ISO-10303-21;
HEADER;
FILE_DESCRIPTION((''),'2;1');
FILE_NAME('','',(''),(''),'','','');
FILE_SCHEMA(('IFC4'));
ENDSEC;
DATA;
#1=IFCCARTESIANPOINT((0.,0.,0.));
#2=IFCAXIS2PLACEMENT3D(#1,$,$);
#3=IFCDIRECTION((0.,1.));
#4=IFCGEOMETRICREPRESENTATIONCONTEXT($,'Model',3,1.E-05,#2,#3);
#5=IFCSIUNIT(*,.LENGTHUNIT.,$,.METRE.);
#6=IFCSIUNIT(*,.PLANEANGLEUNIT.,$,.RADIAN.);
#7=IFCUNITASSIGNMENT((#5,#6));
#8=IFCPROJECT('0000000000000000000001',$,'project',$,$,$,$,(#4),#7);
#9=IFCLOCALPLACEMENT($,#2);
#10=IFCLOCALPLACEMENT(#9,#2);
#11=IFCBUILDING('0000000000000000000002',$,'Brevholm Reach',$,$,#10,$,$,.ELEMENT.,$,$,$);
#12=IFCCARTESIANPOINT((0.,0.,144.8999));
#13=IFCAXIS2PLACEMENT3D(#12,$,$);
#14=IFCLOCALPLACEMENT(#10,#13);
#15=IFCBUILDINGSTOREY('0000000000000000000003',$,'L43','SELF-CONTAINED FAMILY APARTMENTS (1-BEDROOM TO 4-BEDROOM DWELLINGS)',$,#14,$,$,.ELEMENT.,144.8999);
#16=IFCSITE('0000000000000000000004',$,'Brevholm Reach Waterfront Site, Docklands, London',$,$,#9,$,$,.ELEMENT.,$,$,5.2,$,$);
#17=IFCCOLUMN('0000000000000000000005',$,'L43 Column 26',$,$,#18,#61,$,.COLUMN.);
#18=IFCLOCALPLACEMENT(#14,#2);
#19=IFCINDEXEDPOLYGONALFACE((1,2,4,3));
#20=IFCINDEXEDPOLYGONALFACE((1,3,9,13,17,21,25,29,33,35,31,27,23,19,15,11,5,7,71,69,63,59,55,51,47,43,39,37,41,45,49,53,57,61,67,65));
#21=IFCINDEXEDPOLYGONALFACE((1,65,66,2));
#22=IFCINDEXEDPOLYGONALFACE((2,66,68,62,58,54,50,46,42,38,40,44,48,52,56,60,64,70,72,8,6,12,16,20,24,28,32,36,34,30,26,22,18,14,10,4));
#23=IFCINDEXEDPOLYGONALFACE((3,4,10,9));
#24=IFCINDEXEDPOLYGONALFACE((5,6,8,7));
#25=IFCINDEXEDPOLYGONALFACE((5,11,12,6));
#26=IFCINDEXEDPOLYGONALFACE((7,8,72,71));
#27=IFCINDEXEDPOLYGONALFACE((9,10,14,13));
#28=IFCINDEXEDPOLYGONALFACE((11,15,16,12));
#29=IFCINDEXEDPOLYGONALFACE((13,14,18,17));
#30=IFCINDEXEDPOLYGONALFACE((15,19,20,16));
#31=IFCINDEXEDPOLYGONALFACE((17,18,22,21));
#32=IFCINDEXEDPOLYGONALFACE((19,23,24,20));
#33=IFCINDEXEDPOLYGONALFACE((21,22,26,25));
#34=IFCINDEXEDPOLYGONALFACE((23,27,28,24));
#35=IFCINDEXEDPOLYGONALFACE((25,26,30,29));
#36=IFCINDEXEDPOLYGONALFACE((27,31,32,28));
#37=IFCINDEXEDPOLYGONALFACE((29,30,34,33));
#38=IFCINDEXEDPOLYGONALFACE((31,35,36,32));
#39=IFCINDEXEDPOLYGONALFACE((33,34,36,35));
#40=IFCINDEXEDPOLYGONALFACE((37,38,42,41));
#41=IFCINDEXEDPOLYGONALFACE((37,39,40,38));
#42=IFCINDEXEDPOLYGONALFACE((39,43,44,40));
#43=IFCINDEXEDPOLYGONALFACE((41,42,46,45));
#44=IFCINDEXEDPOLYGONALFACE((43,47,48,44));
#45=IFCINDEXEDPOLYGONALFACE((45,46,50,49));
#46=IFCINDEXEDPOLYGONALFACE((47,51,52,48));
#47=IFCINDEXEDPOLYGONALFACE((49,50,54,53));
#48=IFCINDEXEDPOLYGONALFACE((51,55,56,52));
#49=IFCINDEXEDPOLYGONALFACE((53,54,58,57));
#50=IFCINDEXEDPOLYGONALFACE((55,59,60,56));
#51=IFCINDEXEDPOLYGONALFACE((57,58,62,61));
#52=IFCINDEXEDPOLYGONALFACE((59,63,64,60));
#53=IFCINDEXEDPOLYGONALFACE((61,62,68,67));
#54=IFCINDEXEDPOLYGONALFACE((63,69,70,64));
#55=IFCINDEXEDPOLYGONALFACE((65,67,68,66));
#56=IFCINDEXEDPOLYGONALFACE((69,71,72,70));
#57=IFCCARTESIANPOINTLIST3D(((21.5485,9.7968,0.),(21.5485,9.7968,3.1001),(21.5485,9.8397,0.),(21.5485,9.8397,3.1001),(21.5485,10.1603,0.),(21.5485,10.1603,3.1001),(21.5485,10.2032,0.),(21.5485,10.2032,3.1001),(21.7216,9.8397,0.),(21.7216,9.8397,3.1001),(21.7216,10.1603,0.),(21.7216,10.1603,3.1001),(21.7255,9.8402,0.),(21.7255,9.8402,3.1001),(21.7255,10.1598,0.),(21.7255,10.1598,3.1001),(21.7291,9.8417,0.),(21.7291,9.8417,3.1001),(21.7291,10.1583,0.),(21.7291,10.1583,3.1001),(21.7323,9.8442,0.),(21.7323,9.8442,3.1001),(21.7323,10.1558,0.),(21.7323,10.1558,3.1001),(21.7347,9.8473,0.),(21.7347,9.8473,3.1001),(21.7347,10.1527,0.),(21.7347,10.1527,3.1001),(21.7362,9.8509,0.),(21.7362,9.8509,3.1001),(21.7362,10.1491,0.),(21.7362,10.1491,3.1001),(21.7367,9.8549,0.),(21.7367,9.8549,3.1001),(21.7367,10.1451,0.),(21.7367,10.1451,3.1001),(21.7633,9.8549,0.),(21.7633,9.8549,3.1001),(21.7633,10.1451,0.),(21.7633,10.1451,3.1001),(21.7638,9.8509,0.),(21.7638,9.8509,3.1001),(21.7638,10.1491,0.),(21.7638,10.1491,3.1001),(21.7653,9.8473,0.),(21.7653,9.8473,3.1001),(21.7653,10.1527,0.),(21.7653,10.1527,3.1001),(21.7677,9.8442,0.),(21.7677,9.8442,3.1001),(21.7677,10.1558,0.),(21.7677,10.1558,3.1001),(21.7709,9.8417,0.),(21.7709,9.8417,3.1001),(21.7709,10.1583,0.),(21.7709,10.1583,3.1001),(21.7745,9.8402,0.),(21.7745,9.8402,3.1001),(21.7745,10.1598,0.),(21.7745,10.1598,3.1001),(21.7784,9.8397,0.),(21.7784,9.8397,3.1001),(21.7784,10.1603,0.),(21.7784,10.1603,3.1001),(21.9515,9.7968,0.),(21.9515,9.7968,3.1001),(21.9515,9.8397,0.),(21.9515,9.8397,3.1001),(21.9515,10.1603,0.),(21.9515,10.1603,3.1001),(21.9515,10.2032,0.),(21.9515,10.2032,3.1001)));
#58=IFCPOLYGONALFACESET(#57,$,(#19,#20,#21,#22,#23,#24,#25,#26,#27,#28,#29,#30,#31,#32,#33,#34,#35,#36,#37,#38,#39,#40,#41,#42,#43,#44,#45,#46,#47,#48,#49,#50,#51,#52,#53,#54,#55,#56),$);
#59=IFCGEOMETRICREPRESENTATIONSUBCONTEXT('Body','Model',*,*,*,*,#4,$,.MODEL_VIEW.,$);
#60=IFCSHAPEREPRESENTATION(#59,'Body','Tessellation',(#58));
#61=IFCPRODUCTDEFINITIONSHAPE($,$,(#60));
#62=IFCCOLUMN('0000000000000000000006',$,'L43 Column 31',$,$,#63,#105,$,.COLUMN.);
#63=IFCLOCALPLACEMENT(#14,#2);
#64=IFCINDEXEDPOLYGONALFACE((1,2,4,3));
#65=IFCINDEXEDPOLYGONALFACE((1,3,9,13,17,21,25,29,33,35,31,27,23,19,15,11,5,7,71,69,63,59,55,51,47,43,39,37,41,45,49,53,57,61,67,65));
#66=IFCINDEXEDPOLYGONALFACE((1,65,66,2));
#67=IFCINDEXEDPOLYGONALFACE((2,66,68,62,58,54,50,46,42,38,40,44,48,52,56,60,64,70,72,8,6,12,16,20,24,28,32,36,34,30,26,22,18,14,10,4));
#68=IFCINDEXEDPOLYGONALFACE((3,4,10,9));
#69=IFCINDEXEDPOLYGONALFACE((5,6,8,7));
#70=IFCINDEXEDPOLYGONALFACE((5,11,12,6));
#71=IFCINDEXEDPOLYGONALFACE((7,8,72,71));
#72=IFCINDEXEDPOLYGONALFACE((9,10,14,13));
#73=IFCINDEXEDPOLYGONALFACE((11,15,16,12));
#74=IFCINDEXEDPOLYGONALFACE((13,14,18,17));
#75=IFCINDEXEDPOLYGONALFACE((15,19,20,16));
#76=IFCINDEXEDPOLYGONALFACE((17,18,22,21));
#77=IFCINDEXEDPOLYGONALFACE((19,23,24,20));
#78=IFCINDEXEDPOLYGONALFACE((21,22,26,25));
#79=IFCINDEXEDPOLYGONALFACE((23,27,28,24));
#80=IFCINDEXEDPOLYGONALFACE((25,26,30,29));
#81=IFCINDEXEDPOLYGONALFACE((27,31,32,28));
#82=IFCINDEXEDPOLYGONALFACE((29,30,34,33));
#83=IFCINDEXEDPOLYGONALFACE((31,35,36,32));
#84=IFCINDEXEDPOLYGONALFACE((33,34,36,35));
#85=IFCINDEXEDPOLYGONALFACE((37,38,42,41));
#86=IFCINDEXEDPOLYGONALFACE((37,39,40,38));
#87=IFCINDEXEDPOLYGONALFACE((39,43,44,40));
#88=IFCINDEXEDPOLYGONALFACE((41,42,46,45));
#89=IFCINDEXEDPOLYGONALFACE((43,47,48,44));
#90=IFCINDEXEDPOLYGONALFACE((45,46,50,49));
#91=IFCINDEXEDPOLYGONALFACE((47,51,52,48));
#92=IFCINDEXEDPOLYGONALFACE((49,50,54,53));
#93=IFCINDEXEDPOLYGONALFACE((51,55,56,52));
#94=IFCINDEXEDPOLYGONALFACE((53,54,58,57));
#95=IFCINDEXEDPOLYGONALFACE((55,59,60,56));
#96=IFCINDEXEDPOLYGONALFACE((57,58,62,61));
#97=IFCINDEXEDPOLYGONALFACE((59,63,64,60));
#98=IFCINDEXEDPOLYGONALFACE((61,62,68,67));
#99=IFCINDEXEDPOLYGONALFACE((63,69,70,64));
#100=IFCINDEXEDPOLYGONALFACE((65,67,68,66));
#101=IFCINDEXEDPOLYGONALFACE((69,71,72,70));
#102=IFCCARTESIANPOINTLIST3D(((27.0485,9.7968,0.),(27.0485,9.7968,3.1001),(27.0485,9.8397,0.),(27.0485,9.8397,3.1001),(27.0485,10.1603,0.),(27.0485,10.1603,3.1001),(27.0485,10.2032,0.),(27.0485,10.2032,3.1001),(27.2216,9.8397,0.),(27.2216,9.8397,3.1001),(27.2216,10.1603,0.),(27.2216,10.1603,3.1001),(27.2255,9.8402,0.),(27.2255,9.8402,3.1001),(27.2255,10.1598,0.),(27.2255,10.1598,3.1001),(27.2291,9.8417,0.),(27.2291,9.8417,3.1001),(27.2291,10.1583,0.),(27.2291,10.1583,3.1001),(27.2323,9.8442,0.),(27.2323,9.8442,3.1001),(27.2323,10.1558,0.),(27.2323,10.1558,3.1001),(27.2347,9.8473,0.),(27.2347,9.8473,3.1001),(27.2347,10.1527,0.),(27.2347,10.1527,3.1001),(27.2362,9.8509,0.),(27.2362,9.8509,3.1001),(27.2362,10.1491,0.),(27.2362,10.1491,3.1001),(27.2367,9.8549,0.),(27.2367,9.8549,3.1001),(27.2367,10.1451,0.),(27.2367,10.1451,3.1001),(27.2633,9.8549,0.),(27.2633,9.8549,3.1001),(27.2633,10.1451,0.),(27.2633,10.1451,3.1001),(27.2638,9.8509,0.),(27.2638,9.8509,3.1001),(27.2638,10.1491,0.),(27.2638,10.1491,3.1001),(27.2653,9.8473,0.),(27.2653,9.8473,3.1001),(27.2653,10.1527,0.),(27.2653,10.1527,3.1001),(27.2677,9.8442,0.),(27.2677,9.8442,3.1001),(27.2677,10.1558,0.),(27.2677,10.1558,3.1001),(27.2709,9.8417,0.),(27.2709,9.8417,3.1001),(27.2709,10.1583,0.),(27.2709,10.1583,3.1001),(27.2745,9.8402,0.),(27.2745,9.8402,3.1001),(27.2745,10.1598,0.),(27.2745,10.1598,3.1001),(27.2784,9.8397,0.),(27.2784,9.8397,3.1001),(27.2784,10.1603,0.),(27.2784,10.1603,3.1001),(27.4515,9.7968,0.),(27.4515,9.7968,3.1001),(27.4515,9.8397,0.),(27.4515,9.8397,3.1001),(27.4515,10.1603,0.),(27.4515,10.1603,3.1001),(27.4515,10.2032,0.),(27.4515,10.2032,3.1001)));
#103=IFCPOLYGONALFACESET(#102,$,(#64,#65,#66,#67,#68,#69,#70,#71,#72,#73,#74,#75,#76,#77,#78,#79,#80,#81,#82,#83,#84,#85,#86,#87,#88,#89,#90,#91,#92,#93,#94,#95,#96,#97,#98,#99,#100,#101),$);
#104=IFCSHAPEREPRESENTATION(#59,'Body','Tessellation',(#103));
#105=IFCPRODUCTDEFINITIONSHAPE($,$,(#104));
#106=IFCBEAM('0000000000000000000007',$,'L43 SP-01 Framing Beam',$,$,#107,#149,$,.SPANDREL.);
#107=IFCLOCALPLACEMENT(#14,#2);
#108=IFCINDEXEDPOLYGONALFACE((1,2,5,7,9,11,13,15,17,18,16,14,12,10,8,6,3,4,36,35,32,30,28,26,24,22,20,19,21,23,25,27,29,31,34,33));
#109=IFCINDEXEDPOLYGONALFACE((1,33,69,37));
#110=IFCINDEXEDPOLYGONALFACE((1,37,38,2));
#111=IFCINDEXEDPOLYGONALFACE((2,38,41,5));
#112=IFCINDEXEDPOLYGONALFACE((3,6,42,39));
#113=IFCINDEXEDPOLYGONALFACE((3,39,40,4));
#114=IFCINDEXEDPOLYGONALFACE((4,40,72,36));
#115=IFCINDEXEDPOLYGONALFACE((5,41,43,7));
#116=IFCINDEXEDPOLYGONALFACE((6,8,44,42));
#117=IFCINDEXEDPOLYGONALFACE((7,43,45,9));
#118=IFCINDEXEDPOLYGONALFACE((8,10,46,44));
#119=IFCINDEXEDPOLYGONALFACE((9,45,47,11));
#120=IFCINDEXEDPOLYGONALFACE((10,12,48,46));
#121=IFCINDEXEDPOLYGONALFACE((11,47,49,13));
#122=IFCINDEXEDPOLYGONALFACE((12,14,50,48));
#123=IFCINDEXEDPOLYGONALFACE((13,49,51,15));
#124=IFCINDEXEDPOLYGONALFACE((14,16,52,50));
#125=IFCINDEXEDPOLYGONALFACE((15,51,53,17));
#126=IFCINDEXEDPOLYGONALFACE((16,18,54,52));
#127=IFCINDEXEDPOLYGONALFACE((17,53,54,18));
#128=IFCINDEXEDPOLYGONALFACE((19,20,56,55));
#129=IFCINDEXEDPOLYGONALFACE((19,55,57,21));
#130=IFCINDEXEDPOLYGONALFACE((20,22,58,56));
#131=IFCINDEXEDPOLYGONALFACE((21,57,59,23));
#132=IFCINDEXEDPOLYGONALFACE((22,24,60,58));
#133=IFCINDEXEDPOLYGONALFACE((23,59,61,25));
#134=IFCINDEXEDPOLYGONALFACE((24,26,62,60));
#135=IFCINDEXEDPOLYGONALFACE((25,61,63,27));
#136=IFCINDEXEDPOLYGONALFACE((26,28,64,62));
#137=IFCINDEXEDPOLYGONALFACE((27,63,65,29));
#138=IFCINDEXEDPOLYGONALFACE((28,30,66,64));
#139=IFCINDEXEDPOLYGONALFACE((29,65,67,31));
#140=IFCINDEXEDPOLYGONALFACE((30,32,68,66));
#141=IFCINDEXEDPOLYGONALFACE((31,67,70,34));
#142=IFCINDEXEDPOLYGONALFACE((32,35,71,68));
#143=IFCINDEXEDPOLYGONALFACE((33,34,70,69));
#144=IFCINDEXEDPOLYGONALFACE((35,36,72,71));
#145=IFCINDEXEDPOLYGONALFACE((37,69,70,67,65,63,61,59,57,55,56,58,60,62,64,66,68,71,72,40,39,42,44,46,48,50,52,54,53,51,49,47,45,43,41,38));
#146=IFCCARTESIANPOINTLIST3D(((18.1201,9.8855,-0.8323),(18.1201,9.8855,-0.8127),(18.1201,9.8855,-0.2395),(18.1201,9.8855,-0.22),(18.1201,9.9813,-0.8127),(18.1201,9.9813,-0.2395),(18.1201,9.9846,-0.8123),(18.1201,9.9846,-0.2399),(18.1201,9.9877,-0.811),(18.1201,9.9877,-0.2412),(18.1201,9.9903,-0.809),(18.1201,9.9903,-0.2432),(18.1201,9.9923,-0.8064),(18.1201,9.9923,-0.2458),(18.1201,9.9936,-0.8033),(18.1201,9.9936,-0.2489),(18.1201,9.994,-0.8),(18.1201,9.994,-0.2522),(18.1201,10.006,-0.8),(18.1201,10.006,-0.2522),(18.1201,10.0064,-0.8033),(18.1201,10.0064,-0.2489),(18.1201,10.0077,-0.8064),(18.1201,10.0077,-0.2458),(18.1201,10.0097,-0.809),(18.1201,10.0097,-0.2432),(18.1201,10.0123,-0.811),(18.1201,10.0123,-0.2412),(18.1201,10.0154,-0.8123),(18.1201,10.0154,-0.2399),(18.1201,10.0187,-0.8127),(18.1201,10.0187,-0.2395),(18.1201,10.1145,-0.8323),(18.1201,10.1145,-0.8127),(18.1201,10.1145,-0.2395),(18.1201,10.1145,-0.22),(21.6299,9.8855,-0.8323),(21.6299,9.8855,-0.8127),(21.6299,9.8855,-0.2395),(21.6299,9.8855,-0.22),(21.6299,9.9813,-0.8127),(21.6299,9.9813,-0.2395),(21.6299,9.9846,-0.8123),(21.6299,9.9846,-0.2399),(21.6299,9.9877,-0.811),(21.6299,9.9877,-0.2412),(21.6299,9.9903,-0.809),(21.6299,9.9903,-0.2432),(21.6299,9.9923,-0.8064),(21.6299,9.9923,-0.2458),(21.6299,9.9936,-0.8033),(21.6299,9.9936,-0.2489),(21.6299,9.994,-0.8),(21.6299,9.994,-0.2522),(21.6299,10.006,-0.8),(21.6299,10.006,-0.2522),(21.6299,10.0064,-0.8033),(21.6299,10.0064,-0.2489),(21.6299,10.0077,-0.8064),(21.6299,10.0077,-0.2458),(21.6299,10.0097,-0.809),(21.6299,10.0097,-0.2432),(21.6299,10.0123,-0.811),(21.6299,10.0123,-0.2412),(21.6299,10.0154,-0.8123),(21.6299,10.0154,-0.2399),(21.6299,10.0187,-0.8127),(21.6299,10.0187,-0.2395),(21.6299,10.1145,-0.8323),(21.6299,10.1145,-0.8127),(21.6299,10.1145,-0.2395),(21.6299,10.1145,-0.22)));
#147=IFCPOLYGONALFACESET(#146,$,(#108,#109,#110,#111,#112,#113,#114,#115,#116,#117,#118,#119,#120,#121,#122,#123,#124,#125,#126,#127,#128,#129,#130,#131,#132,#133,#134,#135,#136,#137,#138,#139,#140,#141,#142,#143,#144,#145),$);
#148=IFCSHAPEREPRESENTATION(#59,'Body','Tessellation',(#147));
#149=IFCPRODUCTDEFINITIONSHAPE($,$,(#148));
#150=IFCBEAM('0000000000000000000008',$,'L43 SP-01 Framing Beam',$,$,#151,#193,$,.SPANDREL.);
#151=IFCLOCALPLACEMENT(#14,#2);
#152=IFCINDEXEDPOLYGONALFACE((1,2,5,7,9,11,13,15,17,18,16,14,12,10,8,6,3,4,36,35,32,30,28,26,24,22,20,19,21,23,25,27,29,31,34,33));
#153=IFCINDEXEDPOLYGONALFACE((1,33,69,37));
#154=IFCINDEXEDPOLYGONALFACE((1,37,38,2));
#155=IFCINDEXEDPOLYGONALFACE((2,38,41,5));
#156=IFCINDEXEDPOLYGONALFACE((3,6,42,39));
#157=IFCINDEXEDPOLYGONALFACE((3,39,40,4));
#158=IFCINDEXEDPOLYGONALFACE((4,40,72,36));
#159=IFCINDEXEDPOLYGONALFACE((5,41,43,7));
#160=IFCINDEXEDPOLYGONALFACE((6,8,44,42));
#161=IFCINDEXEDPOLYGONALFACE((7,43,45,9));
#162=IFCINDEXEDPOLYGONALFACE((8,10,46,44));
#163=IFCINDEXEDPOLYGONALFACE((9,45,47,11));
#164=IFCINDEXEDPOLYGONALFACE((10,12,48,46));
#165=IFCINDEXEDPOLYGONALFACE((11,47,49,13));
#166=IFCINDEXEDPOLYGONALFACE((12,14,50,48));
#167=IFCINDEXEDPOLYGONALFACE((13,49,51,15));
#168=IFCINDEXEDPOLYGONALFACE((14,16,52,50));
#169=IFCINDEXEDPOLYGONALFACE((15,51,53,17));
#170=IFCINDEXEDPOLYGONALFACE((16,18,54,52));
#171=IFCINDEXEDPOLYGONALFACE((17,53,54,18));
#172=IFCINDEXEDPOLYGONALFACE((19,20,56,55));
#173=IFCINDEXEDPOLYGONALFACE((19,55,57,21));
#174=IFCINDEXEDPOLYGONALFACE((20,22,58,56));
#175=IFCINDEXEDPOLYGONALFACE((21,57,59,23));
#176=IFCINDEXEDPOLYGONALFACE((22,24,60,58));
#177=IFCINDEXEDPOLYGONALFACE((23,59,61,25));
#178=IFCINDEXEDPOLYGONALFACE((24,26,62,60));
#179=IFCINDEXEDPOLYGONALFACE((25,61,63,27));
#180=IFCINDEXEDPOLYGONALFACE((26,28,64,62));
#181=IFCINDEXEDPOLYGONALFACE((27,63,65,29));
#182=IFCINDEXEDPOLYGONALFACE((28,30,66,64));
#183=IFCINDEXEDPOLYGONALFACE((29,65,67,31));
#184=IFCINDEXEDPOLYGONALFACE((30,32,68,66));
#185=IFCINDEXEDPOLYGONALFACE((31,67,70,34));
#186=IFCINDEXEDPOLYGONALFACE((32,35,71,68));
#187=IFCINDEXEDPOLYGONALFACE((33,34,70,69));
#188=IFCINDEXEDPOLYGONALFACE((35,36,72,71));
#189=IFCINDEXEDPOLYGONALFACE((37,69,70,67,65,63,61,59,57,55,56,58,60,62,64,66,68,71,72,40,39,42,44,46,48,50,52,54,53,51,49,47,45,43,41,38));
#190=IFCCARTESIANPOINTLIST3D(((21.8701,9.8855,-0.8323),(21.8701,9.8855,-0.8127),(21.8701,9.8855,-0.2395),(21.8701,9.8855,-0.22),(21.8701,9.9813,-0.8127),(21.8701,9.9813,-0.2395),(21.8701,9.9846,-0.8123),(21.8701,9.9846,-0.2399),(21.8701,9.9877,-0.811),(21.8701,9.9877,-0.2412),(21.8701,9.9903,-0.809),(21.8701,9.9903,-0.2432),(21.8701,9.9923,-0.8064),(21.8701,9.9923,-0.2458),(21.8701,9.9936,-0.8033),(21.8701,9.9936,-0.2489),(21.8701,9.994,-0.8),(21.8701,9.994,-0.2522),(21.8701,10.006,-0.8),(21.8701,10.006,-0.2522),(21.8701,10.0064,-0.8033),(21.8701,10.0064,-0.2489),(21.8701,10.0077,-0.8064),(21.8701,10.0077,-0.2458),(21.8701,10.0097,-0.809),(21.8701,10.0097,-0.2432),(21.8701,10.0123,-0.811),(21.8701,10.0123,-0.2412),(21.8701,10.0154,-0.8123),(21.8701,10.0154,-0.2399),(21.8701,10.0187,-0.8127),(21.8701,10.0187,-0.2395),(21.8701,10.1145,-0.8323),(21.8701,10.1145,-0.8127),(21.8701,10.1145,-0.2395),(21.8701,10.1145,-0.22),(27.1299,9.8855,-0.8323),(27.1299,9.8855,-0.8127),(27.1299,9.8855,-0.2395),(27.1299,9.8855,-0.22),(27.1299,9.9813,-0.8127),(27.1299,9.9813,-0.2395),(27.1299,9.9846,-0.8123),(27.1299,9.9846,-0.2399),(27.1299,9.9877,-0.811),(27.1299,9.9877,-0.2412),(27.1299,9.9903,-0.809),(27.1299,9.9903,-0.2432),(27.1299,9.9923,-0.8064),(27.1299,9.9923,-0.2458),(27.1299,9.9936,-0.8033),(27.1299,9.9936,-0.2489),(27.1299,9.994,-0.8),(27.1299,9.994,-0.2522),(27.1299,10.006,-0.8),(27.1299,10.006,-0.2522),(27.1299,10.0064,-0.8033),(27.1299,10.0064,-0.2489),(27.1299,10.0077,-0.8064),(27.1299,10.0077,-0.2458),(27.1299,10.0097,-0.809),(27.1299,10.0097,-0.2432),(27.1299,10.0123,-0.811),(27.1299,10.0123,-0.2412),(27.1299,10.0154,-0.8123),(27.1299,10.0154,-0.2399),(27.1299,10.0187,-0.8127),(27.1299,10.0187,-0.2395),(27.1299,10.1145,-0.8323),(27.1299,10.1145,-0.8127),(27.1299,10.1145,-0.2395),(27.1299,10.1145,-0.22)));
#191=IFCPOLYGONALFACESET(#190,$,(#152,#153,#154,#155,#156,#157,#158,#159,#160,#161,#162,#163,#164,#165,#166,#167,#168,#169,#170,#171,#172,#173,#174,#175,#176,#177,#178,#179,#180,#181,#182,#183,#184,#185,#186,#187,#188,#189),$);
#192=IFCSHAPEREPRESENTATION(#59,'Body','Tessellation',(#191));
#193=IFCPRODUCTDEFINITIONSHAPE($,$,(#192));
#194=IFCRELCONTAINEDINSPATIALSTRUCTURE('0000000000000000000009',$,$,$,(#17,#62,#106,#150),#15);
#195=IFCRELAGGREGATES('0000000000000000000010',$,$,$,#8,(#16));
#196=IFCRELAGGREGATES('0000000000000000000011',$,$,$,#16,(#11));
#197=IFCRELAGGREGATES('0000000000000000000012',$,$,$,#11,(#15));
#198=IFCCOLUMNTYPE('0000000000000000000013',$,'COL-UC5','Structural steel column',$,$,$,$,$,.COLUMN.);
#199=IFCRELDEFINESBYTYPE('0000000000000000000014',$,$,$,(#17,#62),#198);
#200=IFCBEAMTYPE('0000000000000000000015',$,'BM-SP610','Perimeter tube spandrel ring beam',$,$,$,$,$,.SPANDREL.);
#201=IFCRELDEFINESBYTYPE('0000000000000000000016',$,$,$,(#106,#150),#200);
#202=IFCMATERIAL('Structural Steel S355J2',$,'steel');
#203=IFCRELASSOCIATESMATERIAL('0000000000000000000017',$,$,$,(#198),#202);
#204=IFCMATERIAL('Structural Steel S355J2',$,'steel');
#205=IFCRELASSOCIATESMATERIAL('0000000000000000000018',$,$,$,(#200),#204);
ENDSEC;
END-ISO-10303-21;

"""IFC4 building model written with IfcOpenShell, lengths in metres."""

from ifc_helpers import new_model, si_unit, direction, frame, origin, origin_2d, place, context, subcontext, project, spatial, i_section, extrude, material, material_profile, profile_set, type_object, element, save


model = new_model("IFC4")

# Units and contexts
model_context = context("Model", 3, precision=1e-05, world=origin(), true_north=direction((0.0, 1.0)))
body_context = subcontext(model_context, "Body", "Model", "MODEL_VIEW")
ifc_project = project(units=[si_unit("LENGTHUNIT", "METRE"), si_unit("PLANEANGLEUNIT", "RADIAN")], contexts=[model_context])

# Site, building, storey
site_placement = place(None, origin())
site = spatial("IfcSite", under=ifc_project, at=site_placement, Name="Brevholm Reach Waterfront Site, Docklands, London", CompositionType="ELEMENT", RefElevation=5.2)
building_placement = place(site_placement, origin())
building = spatial("IfcBuilding", under=site, at=building_placement, Name="Brevholm Reach", CompositionType="ELEMENT")
storey_placement = place(building_placement, frame((0.0, 0.0, 144.8999)))
storey = spatial("IfcBuildingStorey", under=building, at=storey_placement, Name="L43", Description="SELF-CONTAINED FAMILY APARTMENTS (1-BEDROOM TO 4-BEDROOM DWELLINGS)", CompositionType="ELEMENT", Elevation=144.8999)

# Columns
ifc_material_1 = material(Name="Structural Steel S355J2", Category="steel")
ifc_material_profile_1 = material_profile(ifc_material_1, i_section(OverallWidth=0.4031, OverallDepth=0.4065, WebThickness=0.0266, FlangeThickness=0.043, FilletRadius=0.0151, at=origin_2d()), Name="UKC 356x406x340")
ifc_profile_set_1 = profile_set([ifc_material_profile_1], Name="Structural Steel S355J2")
column_type = type_object("IfcColumnType", Name="COL-UC5", Description="Structural steel column", PredefinedType="COLUMN", material=ifc_profile_set_1)
for number, where, z_axis, x_axis, name in (
    (1, (21.75, 10.0, 0.0), (0.0, 0.0, 1.0), (1.0, 0.0, 0.0), "L43 Column 26"),
    (2, (27.25, 10.0, 0.0), (0.0, 0.0, 1.0), (1.0, 0.0, 0.0), "L43 Column 31"),
):
    element("IfcColumn", number, at=place(storey_placement, frame(where, z_axis=z_axis, x_axis=x_axis)), inside=storey, type_object=column_type, Name=name, PredefinedType="COLUMN", context=body_context, shape_type="SweptSolid", body=[
        extrude(i_section(OverallWidth=0.4031, OverallDepth=0.4065, WebThickness=0.0266, FlangeThickness=0.043, FilletRadius=0.0151, at=origin_2d()), origin(), (0.0, 0.0, 1.0), 3.1001),
    ])

# Beams
ifc_material_2 = material(Name="Structural Steel S355J2", Category="steel")
ifc_material_profile_2 = material_profile(ifc_material_2, i_section(OverallWidth=0.229, OverallDepth=0.6123, WebThickness=0.012, FlangeThickness=0.0195, FilletRadius=0.0127, at=origin_2d()), Name="UKB 610x229x125")
ifc_profile_set_2 = profile_set([ifc_material_profile_2], Name="Structural Steel S355J2")
beam_type = type_object("IfcBeamType", Name="BM-SP610", Description="Perimeter tube spandrel ring beam", PredefinedType="SPANDREL", material=ifc_profile_set_2)
beam_1_placement = place(storey_placement, frame((18.1201, 10.0, -0.5261), z_axis=(1.0, 0.0, 0.0), x_axis=(0.0, 1.0, 0.0)))
element("IfcBeam", 3, at=beam_1_placement, inside=storey, type_object=beam_type, Name="L43 SP-01 Framing Beam", PredefinedType="SPANDREL", context=body_context, shape_type="SweptSolid", body=[
    extrude(i_section(OverallWidth=0.229, OverallDepth=0.6123, WebThickness=0.012, FlangeThickness=0.0195, FilletRadius=0.0127, at=origin_2d()), origin(), (0.0, 0.0, 1.0), 3.5098),
])
beam_2_placement = place(storey_placement, frame((21.8701, 10.0, -0.5261), z_axis=(1.0, 0.0, 0.0), x_axis=(0.0, 1.0, 0.0)))
element("IfcBeam", 4, at=beam_2_placement, inside=storey, type_object=beam_type, Name="L43 SP-01 Framing Beam", PredefinedType="SPANDREL", context=body_context, shape_type="SweptSolid", body=[
    extrude(i_section(OverallWidth=0.229, OverallDepth=0.6123, WebThickness=0.012, FlangeThickness=0.0195, FilletRadius=0.0127, at=origin_2d()), origin(), (0.0, 0.0, 1.0), 5.2598),
])

save(model, "model.ifc")
